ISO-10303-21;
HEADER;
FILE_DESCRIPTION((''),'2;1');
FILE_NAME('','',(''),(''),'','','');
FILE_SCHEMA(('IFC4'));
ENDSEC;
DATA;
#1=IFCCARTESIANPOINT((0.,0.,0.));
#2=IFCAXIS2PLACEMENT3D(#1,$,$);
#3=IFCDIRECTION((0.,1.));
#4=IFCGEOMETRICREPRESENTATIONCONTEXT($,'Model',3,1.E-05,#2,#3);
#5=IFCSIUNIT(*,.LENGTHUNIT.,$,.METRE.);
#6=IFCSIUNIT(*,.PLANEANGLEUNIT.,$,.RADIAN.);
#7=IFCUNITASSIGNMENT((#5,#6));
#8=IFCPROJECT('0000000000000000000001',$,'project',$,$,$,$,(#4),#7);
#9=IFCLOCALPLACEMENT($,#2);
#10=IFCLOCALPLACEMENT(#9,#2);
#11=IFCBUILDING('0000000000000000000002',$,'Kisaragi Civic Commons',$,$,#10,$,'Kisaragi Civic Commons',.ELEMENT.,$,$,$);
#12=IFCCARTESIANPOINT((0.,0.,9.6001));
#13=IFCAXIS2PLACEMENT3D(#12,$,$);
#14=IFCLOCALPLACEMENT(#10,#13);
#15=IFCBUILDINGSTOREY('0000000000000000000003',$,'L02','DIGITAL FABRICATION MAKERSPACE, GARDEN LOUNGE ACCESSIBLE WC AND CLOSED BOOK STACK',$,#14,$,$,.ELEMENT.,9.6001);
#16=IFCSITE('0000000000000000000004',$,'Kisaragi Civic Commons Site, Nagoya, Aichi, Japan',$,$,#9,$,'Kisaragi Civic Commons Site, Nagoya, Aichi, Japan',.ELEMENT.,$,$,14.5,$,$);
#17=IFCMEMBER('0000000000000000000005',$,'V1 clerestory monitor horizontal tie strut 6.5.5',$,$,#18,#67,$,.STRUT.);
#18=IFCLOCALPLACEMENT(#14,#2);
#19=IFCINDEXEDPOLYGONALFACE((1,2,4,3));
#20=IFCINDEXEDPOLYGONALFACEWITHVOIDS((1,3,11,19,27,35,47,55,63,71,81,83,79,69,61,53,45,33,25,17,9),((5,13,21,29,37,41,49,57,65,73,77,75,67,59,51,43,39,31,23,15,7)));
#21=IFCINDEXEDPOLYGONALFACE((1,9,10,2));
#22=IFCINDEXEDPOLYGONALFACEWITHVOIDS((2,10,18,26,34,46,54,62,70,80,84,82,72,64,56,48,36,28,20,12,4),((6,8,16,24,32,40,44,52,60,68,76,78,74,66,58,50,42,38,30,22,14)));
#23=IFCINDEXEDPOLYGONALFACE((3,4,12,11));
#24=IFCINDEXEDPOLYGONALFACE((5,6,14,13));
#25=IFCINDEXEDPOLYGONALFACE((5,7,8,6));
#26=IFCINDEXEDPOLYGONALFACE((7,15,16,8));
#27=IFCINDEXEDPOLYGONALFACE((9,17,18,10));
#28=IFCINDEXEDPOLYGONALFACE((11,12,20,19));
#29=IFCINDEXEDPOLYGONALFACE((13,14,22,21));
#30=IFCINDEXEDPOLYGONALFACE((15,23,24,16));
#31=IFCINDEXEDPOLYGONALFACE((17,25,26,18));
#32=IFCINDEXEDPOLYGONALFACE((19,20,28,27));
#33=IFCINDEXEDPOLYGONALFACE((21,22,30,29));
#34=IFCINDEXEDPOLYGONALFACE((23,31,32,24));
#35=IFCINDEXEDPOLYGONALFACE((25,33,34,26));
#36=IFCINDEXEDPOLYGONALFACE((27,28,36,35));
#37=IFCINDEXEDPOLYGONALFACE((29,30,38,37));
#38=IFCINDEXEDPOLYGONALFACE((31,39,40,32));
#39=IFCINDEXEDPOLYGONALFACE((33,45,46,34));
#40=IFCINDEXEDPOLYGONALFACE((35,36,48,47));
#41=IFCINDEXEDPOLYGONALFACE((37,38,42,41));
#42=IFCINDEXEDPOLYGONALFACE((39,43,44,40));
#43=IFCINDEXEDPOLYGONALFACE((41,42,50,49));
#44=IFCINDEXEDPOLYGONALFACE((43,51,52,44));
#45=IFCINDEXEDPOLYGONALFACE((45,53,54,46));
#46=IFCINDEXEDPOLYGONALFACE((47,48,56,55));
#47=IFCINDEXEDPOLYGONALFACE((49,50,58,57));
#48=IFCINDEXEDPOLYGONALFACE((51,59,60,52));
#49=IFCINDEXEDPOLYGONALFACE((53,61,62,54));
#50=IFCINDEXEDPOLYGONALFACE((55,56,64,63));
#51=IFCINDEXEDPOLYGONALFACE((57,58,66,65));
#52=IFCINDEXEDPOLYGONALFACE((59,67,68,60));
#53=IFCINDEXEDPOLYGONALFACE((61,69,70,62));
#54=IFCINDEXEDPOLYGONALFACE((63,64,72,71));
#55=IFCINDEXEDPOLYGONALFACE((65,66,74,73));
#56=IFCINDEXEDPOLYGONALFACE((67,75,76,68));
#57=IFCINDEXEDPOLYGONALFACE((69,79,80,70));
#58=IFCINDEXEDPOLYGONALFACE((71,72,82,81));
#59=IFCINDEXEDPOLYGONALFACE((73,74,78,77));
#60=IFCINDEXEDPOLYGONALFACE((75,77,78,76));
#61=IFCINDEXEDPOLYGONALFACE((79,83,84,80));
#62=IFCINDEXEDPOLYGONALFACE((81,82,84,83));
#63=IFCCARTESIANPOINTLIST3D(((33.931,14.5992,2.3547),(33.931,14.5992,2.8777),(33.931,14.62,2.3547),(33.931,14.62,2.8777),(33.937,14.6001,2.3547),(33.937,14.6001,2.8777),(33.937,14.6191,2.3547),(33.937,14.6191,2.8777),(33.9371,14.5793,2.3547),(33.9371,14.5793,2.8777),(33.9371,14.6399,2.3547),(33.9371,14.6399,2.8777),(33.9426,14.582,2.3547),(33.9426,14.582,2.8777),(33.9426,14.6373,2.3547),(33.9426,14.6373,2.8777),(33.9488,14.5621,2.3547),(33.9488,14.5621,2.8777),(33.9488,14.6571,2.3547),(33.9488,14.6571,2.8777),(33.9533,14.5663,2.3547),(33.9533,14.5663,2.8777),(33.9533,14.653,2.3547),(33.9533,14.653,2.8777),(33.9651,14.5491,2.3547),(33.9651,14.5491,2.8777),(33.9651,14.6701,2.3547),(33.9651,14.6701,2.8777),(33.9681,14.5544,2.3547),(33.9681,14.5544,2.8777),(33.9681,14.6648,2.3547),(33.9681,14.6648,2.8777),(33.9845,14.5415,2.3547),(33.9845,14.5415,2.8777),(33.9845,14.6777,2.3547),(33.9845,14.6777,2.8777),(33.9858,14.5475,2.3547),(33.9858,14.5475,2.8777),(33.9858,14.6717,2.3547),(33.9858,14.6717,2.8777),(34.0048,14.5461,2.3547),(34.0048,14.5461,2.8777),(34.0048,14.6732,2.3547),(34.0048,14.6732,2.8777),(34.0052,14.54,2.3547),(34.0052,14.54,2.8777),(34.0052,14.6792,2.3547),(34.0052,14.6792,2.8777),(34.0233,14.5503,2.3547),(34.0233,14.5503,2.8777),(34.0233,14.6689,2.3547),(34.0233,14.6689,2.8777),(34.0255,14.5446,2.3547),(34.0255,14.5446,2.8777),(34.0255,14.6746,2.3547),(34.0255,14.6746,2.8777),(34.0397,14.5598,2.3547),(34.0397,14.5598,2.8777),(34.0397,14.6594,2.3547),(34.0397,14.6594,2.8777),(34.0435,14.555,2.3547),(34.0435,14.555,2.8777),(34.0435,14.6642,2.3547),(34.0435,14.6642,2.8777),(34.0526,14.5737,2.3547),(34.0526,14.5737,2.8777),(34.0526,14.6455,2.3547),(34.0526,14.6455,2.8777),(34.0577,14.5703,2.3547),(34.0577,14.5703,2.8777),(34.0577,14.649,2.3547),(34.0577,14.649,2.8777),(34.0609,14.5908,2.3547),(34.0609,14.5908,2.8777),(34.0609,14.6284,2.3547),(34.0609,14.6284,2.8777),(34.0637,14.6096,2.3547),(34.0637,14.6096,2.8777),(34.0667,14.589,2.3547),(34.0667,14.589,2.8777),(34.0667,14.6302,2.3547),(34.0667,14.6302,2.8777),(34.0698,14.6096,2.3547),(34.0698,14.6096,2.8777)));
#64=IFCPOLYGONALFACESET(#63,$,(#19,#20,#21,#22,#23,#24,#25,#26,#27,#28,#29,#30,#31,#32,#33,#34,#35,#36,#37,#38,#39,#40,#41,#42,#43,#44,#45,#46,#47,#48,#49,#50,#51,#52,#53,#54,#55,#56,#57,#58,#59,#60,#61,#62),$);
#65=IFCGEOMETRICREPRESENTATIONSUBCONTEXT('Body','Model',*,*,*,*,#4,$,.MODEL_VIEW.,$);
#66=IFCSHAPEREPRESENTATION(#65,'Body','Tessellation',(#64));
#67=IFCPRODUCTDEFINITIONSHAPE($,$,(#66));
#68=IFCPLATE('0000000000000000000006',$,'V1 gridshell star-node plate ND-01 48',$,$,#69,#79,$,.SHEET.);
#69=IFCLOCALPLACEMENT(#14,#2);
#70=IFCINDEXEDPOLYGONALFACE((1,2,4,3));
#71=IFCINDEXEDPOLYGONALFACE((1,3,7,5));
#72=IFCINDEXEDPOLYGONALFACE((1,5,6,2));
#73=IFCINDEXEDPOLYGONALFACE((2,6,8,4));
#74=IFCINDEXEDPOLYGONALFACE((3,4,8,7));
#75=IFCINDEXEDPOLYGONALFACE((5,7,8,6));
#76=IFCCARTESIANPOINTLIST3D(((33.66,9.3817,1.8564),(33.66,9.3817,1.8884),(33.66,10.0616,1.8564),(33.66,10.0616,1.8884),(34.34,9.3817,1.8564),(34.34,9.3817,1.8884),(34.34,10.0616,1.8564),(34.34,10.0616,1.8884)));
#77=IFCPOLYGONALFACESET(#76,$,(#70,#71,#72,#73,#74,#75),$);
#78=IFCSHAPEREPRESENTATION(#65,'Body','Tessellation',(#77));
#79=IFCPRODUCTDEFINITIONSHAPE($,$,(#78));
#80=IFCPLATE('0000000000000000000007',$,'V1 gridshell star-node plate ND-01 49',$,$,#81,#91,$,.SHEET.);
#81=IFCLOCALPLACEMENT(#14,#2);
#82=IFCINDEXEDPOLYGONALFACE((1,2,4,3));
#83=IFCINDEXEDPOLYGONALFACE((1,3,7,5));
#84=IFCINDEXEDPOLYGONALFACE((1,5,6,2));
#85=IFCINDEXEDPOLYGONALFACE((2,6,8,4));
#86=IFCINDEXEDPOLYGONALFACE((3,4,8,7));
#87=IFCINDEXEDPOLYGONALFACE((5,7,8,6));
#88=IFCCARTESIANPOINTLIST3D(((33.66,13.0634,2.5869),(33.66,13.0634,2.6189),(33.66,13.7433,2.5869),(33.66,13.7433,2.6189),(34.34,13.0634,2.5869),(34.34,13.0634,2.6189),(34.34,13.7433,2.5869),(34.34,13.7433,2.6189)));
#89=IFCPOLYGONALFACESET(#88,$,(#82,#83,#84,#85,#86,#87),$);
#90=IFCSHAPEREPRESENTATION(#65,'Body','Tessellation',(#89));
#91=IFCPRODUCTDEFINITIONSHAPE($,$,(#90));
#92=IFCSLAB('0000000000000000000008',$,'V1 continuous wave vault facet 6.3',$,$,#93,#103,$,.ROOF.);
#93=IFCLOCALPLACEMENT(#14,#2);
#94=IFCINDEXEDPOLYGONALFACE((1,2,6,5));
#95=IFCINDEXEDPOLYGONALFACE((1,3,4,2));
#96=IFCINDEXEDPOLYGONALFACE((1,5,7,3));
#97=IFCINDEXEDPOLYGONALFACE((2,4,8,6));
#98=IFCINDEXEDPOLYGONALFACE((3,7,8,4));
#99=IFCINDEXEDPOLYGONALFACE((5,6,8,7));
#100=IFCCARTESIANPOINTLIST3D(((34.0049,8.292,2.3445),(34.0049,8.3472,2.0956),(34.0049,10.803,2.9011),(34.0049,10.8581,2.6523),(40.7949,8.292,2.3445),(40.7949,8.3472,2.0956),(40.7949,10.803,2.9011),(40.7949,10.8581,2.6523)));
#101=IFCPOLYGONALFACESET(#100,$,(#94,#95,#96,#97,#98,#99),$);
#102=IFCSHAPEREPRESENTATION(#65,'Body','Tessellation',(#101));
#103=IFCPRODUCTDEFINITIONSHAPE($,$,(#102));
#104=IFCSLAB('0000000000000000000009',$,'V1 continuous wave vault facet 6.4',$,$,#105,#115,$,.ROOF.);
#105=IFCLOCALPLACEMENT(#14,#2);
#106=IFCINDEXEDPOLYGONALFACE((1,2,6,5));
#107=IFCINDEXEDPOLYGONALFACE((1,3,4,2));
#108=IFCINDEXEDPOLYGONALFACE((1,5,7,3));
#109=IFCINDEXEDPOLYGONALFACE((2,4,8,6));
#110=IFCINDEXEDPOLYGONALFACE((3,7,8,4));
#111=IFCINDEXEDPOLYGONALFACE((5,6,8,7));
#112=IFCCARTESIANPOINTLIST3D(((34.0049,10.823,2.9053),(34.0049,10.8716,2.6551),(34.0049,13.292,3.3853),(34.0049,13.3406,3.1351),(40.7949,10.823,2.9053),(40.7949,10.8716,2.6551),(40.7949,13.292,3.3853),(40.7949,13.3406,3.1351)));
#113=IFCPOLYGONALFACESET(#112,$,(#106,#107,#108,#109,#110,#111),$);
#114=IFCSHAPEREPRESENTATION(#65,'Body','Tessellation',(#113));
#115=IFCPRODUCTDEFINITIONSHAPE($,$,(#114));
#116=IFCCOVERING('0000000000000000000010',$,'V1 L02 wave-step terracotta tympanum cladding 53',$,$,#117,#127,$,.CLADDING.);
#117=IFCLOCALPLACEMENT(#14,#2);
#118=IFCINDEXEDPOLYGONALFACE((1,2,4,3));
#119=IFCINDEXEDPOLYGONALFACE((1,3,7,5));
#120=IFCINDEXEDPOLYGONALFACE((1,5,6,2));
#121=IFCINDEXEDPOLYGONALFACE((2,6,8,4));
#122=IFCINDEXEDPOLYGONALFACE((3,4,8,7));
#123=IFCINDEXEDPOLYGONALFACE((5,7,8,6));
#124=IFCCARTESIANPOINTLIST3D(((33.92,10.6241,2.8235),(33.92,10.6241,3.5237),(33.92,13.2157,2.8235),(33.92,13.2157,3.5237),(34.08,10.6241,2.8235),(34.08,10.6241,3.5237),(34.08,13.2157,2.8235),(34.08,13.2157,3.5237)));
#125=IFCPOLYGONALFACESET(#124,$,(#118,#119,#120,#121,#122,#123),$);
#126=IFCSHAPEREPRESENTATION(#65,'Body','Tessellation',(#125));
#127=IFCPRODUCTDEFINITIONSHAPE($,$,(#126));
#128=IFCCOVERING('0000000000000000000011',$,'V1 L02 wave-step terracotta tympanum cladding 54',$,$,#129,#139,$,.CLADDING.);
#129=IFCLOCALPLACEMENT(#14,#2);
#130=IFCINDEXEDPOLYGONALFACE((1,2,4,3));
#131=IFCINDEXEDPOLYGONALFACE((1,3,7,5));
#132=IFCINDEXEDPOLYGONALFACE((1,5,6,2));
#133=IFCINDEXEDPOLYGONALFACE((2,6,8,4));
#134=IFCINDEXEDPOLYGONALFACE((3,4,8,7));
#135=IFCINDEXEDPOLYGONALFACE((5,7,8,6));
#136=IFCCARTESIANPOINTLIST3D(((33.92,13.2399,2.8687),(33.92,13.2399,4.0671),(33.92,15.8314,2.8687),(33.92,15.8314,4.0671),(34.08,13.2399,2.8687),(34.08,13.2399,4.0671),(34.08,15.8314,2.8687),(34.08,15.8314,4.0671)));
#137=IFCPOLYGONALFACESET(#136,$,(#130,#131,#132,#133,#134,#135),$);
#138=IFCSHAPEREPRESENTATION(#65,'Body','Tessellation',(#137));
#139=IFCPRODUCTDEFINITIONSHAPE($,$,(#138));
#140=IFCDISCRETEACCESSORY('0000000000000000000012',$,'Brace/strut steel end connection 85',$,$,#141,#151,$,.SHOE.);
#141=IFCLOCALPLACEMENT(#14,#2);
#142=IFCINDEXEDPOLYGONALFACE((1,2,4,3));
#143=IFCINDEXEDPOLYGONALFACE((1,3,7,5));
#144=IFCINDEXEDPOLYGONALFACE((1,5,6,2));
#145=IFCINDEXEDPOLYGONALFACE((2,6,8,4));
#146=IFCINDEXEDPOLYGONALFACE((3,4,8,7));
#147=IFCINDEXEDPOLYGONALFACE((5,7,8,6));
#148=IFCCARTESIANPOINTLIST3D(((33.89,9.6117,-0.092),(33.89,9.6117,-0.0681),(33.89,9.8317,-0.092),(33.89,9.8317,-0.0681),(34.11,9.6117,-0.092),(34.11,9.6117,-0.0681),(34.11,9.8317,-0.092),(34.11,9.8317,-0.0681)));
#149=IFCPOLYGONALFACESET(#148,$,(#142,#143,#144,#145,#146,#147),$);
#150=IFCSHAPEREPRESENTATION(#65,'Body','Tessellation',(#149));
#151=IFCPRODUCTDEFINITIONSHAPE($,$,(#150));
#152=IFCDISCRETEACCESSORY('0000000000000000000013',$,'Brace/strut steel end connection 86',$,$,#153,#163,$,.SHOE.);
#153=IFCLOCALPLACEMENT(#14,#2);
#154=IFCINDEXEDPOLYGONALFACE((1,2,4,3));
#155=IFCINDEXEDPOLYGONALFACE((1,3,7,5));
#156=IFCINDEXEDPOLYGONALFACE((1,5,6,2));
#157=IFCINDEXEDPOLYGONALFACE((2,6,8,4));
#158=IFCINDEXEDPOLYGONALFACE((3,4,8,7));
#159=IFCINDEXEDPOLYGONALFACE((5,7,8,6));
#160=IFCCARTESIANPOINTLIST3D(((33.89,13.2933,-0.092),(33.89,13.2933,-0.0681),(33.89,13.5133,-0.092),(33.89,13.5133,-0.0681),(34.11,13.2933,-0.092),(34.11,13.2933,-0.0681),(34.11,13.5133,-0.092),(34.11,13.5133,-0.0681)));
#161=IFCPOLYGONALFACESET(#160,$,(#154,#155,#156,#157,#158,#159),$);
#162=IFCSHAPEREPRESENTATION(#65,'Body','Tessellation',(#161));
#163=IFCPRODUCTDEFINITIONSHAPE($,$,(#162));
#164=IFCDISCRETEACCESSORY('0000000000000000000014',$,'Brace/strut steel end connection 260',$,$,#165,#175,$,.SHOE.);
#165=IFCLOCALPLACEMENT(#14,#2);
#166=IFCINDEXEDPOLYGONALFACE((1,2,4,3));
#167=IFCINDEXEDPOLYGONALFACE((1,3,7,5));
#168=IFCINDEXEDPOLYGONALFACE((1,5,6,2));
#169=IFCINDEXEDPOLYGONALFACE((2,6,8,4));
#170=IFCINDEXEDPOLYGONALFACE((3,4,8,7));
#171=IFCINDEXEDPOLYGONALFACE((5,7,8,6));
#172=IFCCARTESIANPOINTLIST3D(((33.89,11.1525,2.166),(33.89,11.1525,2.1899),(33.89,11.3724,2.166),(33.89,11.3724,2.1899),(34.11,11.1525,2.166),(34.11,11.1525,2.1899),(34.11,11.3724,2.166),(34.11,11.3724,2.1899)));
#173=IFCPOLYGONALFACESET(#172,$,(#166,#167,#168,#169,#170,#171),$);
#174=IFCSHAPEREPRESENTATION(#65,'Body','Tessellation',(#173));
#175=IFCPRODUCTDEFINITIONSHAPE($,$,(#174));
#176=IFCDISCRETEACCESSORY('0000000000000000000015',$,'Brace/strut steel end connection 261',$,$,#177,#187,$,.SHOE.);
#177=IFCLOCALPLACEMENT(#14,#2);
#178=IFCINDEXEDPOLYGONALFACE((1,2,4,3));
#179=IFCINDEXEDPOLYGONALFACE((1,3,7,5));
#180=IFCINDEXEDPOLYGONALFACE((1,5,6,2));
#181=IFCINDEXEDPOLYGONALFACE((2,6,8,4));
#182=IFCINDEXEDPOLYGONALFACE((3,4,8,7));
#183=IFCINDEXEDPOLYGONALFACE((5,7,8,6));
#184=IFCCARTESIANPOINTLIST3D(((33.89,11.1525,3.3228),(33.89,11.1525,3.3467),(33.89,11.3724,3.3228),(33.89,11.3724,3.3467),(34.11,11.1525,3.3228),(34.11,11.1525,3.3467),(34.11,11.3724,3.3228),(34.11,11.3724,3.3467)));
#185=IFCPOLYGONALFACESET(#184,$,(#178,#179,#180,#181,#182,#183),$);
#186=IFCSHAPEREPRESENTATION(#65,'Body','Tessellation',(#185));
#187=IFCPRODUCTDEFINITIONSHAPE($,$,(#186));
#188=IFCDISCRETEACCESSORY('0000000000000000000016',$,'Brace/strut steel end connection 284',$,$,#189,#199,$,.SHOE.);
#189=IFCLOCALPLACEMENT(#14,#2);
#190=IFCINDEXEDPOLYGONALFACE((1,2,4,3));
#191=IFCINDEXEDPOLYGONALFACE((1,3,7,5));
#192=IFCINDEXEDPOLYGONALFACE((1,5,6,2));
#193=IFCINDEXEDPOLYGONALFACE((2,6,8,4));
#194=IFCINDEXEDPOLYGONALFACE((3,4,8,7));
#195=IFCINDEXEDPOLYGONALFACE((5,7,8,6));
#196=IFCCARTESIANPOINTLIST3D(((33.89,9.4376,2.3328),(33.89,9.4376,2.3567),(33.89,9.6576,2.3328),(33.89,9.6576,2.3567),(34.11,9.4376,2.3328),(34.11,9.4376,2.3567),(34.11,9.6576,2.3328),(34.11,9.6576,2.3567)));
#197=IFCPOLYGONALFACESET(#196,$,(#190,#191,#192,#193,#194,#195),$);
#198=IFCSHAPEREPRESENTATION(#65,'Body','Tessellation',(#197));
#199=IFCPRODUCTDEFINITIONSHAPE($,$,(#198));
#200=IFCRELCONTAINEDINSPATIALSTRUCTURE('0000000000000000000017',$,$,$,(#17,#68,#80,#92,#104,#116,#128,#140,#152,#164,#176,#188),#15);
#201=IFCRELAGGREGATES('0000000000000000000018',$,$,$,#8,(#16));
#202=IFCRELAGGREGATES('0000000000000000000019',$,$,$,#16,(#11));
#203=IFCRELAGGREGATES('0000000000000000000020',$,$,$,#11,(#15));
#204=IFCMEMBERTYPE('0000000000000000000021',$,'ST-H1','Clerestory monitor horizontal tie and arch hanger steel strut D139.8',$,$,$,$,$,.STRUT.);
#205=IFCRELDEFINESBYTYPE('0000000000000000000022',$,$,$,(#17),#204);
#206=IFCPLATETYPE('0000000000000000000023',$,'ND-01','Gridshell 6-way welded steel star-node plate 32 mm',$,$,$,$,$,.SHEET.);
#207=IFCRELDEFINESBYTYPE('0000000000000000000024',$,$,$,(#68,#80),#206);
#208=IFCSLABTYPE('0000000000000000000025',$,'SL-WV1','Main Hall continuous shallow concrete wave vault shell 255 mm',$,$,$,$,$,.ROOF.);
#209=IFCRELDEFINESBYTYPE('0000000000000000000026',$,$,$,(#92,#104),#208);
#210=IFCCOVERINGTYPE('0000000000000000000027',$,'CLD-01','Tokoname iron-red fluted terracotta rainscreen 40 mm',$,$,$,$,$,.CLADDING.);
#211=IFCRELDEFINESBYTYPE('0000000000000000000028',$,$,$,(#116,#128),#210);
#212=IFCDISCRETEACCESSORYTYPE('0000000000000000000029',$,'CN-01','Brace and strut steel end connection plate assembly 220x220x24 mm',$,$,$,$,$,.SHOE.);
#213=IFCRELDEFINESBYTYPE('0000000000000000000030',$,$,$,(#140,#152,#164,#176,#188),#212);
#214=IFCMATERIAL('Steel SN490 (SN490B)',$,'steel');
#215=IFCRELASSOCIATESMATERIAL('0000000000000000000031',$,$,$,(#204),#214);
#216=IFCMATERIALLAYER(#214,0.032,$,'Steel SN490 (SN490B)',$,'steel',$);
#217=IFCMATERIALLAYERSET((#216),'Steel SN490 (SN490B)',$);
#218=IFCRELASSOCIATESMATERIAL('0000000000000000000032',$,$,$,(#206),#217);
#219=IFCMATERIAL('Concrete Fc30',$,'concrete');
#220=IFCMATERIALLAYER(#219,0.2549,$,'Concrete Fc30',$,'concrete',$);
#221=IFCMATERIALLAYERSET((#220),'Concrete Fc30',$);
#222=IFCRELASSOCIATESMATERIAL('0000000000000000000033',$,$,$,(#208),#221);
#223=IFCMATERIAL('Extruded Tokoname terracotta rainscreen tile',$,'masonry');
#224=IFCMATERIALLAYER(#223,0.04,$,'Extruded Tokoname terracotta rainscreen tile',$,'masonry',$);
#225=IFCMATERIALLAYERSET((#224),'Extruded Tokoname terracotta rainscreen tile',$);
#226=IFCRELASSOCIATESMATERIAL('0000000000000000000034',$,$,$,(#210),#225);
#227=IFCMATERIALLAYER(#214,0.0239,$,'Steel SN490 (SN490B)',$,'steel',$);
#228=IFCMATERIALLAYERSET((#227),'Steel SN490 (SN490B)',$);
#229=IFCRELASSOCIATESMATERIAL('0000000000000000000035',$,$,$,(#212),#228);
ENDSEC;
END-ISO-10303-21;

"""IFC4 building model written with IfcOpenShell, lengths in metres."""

from ifc_helpers import new_model, si_unit, direction, frame, origin, origin_2d, place, context, subcontext, project, spatial, polyline, rectangle, hollow_circle, outline, extrude, material, layer, layer_set, material_profile, profile_set, type_object, element, save


model = new_model("IFC4")

# Units and contexts
model_context = context("Model", 3, precision=1e-05, world=origin(), true_north=direction((0.0, 1.0)))
body_context = subcontext(model_context, "Body", "Model", "MODEL_VIEW")
ifc_project = project(units=[si_unit("LENGTHUNIT", "METRE"), si_unit("PLANEANGLEUNIT", "RADIAN")], contexts=[model_context])

# Site, building, storey
site_placement = place(None, origin())
site = spatial("IfcSite", under=ifc_project, at=site_placement, Name="Kisaragi Civic Commons Site, Nagoya, Aichi, Japan", LongName="Kisaragi Civic Commons Site, Nagoya, Aichi, Japan", CompositionType="ELEMENT", RefElevation=14.5)
building_placement = place(site_placement, origin())
building = spatial("IfcBuilding", under=site, at=building_placement, Name="Kisaragi Civic Commons", LongName="Kisaragi Civic Commons", CompositionType="ELEMENT")
storey_placement = place(building_placement, frame((0.0, 0.0, 9.6001)))
storey = spatial("IfcBuildingStorey", under=building, at=storey_placement, Name="L02", Description="DIGITAL FABRICATION MAKERSPACE, GARDEN LOUNGE ACCESSIBLE WC AND CLOSED BOOK STACK", CompositionType="ELEMENT", Elevation=9.6001)

# Member
ifc_material_1 = material(Name="Steel SN490 (SN490B)", Category="steel")
ifc_material_profile_1 = material_profile(ifc_material_1, hollow_circle(Radius=0.0698, WallThickness=0.0061, at=origin_2d()), Name="CHS-139.8x6.0", Category="steel")
ifc_profile_set_1 = profile_set([ifc_material_profile_1], Name="Steel SN490 (SN490B)")
member_type_1 = type_object("IfcMemberType", Name="ST-H1", Description="Clerestory monitor horizontal tie and arch hanger steel strut D139.8", PredefinedType="STRUT", material=ifc_profile_set_1)
member_1_placement = place(storey_placement, frame((34.0, 14.6096, 2.3547), z_axis=(0.0, 0.0, 1.0), x_axis=(1.0, 0.0, 0.0)))
element("IfcMember", 1, at=member_1_placement, inside=storey, type_object=member_type_1, Name="V1 clerestory monitor horizontal tie strut 6.5.5", PredefinedType="STRUT", context=body_context, shape_type="SweptSolid", body=[
    extrude(hollow_circle(Radius=0.0698, WallThickness=0.0061, at=origin_2d()), origin(), (0.0, 0.0, 1.0), 0.5229),
])

# Plates
ifc_layer_1 = layer(ifc_material_1, 0.032, Name="Steel SN490 (SN490B)", Category="steel")
ifc_layer_set_1 = layer_set([ifc_layer_1], Name="Steel SN490 (SN490B)")
plate_type = type_object("IfcPlateType", Name="ND-01", Description="Gridshell 6-way welded steel star-node plate 32 mm", PredefinedType="SHEET", material=ifc_layer_set_1)
for number, where, z_axis, x_axis, name in (
    (2, (34.0, 9.7217, 1.8564), (0.0, 0.0, 1.0), (1.0, 0.0, 0.0), "V1 gridshell star-node plate ND-01 48"),
    (3, (34.0, 13.4033, 2.5869), (0.0, 0.0, 1.0), (1.0, 0.0, 0.0), "V1 gridshell star-node plate ND-01 49"),
):
    element("IfcPlate", number, at=place(storey_placement, frame(where, z_axis=z_axis, x_axis=x_axis)), inside=storey, type_object=plate_type, Name=name, PredefinedType="SHEET", context=body_context, shape_type="SweptSolid", body=[
        extrude(rectangle(XDim=0.6799, YDim=0.6799, at=origin_2d()), origin(), (0.0, 0.0, 1.0), 0.032),
    ])

# Slabs
ifc_material_2 = material(Name="Concrete Fc30", Category="concrete")
ifc_layer_2 = layer(ifc_material_2, 0.2549, Name="Concrete Fc30", Category="concrete")
ifc_layer_set_2 = layer_set([ifc_layer_2], Name="Concrete Fc30")
slab_type = type_object("IfcSlabType", Name="SL-WV1", Description="Main Hall continuous shallow concrete wave vault shell 255 mm", PredefinedType="ROOF", material=ifc_layer_set_2)
slab_1_placement = place(storey_placement, frame((40.7949, 10.803, 2.9011), z_axis=(0.0, -0.216428, 0.976299), x_axis=(-1.0, 0.0, 0.0)))
element("IfcSlab", 4, at=slab_1_placement, inside=storey, type_object=slab_type, Name="V1 continuous wave vault facet 6.3", PredefinedType="ROOF", context=body_context, shape_type="SweptSolid", body=[
    extrude(outline(polyline([(0.0, 0.0), (6.79, 0.0), (6.79, 2.5719), (0.0, 2.5719), (0.0, 0.0)])), origin(), (0.0, 0.0, -1.0), 0.2549),
])
slab_2_placement = place(storey_placement, frame((40.7949, 13.292, 3.3853), z_axis=(0.0, -0.190831, 0.981623), x_axis=(-1.0, 0.0, 0.0)))
element("IfcSlab", 5, at=slab_2_placement, inside=storey, type_object=slab_type, Name="V1 continuous wave vault facet 6.4", PredefinedType="ROOF", context=body_context, shape_type="SweptSolid", body=[
    extrude(outline(polyline([(0.0, 0.0), (6.79, 0.0), (6.79, 2.5152), (0.0, 2.5152), (0.0, 0.0)])), origin(), (0.0, 0.0, -1.0), 0.2549),
])

# Coverings
ifc_material_3 = material(Name="Extruded Tokoname terracotta rainscreen tile", Category="masonry")
ifc_layer_3 = layer(ifc_material_3, 0.04, Name="Extruded Tokoname terracotta rainscreen tile", Category="masonry")
ifc_layer_set_3 = layer_set([ifc_layer_3], Name="Extruded Tokoname terracotta rainscreen tile")
covering_type = type_object("IfcCoveringType", Name="CLD-01", Description="Tokoname iron-red fluted terracotta rainscreen 40 mm", PredefinedType="CLADDING", material=ifc_layer_set_3)
covering_1_placement = place(storey_placement, frame((34.0, 11.9199, 2.8235), z_axis=(0.0, 0.0, 1.0), x_axis=(0.0, 1.0, 0.0)))
element("IfcCovering", 6, at=covering_1_placement, inside=storey, type_object=covering_type, Name="V1 L02 wave-step terracotta tympanum cladding 53", PredefinedType="CLADDING", context=body_context, shape_type="SweptSolid", body=[
    extrude(rectangle(XDim=2.5916, YDim=0.1599, at=origin_2d()), origin(), (0.0, 0.0, 1.0), 0.7002),
])
covering_2_placement = place(storey_placement, frame((34.0, 14.5356, 2.8687), z_axis=(0.0, 0.0, 1.0), x_axis=(0.0, 1.0, 0.0)))
element("IfcCovering", 7, at=covering_2_placement, inside=storey, type_object=covering_type, Name="V1 L02 wave-step terracotta tympanum cladding 54", PredefinedType="CLADDING", context=body_context, shape_type="SweptSolid", body=[
    extrude(rectangle(XDim=2.5916, YDim=0.1599, at=origin_2d()), origin(), (0.0, 0.0, 1.0), 1.1985),
])

# Discrete accessories
ifc_layer_4 = layer(ifc_material_1, 0.0239, Name="Steel SN490 (SN490B)", Category="steel")
ifc_layer_set_4 = layer_set([ifc_layer_4], Name="Steel SN490 (SN490B)")
discrete_accessory_type = type_object("IfcDiscreteAccessoryType", Name="CN-01", Description="Brace and strut steel end connection plate assembly 220x220x24 mm", PredefinedType="SHOE", material=ifc_layer_set_4)
for number, where, z_axis, x_axis, name in (
    (8, (34.0, 9.7217, -0.092), (0.0, 0.0, 1.0), (1.0, 0.0, 0.0), "Brace/strut steel end connection 85"),
    (9, (34.0, 13.4033, -0.092), (0.0, 0.0, 1.0), (1.0, 0.0, 0.0), "Brace/strut steel end connection 86"),
    (10, (34.0, 11.2625, 2.166), (0.0, 0.0, 1.0), (1.0, 0.0, 0.0), "Brace/strut steel end connection 260"),
    (11, (34.0, 11.2625, 3.3228), (0.0, 0.0, 1.0), (1.0, 0.0, 0.0), "Brace/strut steel end connection 261"),
    (12, (34.0, 9.5476, 2.3328), (0.0, 0.0, 1.0), (1.0, 0.0, 0.0), "Brace/strut steel end connection 284"),
):
    element("IfcDiscreteAccessory", number, at=place(storey_placement, frame(where, z_axis=z_axis, x_axis=x_axis)), inside=storey, type_object=discrete_accessory_type, Name=name, PredefinedType="SHOE", context=body_context, shape_type="SweptSolid", body=[
        extrude(rectangle(XDim=0.22, YDim=0.22, at=origin_2d()), origin(), (0.0, 0.0, 1.0), 0.0239),
    ])

save(model, "model.ifc")
